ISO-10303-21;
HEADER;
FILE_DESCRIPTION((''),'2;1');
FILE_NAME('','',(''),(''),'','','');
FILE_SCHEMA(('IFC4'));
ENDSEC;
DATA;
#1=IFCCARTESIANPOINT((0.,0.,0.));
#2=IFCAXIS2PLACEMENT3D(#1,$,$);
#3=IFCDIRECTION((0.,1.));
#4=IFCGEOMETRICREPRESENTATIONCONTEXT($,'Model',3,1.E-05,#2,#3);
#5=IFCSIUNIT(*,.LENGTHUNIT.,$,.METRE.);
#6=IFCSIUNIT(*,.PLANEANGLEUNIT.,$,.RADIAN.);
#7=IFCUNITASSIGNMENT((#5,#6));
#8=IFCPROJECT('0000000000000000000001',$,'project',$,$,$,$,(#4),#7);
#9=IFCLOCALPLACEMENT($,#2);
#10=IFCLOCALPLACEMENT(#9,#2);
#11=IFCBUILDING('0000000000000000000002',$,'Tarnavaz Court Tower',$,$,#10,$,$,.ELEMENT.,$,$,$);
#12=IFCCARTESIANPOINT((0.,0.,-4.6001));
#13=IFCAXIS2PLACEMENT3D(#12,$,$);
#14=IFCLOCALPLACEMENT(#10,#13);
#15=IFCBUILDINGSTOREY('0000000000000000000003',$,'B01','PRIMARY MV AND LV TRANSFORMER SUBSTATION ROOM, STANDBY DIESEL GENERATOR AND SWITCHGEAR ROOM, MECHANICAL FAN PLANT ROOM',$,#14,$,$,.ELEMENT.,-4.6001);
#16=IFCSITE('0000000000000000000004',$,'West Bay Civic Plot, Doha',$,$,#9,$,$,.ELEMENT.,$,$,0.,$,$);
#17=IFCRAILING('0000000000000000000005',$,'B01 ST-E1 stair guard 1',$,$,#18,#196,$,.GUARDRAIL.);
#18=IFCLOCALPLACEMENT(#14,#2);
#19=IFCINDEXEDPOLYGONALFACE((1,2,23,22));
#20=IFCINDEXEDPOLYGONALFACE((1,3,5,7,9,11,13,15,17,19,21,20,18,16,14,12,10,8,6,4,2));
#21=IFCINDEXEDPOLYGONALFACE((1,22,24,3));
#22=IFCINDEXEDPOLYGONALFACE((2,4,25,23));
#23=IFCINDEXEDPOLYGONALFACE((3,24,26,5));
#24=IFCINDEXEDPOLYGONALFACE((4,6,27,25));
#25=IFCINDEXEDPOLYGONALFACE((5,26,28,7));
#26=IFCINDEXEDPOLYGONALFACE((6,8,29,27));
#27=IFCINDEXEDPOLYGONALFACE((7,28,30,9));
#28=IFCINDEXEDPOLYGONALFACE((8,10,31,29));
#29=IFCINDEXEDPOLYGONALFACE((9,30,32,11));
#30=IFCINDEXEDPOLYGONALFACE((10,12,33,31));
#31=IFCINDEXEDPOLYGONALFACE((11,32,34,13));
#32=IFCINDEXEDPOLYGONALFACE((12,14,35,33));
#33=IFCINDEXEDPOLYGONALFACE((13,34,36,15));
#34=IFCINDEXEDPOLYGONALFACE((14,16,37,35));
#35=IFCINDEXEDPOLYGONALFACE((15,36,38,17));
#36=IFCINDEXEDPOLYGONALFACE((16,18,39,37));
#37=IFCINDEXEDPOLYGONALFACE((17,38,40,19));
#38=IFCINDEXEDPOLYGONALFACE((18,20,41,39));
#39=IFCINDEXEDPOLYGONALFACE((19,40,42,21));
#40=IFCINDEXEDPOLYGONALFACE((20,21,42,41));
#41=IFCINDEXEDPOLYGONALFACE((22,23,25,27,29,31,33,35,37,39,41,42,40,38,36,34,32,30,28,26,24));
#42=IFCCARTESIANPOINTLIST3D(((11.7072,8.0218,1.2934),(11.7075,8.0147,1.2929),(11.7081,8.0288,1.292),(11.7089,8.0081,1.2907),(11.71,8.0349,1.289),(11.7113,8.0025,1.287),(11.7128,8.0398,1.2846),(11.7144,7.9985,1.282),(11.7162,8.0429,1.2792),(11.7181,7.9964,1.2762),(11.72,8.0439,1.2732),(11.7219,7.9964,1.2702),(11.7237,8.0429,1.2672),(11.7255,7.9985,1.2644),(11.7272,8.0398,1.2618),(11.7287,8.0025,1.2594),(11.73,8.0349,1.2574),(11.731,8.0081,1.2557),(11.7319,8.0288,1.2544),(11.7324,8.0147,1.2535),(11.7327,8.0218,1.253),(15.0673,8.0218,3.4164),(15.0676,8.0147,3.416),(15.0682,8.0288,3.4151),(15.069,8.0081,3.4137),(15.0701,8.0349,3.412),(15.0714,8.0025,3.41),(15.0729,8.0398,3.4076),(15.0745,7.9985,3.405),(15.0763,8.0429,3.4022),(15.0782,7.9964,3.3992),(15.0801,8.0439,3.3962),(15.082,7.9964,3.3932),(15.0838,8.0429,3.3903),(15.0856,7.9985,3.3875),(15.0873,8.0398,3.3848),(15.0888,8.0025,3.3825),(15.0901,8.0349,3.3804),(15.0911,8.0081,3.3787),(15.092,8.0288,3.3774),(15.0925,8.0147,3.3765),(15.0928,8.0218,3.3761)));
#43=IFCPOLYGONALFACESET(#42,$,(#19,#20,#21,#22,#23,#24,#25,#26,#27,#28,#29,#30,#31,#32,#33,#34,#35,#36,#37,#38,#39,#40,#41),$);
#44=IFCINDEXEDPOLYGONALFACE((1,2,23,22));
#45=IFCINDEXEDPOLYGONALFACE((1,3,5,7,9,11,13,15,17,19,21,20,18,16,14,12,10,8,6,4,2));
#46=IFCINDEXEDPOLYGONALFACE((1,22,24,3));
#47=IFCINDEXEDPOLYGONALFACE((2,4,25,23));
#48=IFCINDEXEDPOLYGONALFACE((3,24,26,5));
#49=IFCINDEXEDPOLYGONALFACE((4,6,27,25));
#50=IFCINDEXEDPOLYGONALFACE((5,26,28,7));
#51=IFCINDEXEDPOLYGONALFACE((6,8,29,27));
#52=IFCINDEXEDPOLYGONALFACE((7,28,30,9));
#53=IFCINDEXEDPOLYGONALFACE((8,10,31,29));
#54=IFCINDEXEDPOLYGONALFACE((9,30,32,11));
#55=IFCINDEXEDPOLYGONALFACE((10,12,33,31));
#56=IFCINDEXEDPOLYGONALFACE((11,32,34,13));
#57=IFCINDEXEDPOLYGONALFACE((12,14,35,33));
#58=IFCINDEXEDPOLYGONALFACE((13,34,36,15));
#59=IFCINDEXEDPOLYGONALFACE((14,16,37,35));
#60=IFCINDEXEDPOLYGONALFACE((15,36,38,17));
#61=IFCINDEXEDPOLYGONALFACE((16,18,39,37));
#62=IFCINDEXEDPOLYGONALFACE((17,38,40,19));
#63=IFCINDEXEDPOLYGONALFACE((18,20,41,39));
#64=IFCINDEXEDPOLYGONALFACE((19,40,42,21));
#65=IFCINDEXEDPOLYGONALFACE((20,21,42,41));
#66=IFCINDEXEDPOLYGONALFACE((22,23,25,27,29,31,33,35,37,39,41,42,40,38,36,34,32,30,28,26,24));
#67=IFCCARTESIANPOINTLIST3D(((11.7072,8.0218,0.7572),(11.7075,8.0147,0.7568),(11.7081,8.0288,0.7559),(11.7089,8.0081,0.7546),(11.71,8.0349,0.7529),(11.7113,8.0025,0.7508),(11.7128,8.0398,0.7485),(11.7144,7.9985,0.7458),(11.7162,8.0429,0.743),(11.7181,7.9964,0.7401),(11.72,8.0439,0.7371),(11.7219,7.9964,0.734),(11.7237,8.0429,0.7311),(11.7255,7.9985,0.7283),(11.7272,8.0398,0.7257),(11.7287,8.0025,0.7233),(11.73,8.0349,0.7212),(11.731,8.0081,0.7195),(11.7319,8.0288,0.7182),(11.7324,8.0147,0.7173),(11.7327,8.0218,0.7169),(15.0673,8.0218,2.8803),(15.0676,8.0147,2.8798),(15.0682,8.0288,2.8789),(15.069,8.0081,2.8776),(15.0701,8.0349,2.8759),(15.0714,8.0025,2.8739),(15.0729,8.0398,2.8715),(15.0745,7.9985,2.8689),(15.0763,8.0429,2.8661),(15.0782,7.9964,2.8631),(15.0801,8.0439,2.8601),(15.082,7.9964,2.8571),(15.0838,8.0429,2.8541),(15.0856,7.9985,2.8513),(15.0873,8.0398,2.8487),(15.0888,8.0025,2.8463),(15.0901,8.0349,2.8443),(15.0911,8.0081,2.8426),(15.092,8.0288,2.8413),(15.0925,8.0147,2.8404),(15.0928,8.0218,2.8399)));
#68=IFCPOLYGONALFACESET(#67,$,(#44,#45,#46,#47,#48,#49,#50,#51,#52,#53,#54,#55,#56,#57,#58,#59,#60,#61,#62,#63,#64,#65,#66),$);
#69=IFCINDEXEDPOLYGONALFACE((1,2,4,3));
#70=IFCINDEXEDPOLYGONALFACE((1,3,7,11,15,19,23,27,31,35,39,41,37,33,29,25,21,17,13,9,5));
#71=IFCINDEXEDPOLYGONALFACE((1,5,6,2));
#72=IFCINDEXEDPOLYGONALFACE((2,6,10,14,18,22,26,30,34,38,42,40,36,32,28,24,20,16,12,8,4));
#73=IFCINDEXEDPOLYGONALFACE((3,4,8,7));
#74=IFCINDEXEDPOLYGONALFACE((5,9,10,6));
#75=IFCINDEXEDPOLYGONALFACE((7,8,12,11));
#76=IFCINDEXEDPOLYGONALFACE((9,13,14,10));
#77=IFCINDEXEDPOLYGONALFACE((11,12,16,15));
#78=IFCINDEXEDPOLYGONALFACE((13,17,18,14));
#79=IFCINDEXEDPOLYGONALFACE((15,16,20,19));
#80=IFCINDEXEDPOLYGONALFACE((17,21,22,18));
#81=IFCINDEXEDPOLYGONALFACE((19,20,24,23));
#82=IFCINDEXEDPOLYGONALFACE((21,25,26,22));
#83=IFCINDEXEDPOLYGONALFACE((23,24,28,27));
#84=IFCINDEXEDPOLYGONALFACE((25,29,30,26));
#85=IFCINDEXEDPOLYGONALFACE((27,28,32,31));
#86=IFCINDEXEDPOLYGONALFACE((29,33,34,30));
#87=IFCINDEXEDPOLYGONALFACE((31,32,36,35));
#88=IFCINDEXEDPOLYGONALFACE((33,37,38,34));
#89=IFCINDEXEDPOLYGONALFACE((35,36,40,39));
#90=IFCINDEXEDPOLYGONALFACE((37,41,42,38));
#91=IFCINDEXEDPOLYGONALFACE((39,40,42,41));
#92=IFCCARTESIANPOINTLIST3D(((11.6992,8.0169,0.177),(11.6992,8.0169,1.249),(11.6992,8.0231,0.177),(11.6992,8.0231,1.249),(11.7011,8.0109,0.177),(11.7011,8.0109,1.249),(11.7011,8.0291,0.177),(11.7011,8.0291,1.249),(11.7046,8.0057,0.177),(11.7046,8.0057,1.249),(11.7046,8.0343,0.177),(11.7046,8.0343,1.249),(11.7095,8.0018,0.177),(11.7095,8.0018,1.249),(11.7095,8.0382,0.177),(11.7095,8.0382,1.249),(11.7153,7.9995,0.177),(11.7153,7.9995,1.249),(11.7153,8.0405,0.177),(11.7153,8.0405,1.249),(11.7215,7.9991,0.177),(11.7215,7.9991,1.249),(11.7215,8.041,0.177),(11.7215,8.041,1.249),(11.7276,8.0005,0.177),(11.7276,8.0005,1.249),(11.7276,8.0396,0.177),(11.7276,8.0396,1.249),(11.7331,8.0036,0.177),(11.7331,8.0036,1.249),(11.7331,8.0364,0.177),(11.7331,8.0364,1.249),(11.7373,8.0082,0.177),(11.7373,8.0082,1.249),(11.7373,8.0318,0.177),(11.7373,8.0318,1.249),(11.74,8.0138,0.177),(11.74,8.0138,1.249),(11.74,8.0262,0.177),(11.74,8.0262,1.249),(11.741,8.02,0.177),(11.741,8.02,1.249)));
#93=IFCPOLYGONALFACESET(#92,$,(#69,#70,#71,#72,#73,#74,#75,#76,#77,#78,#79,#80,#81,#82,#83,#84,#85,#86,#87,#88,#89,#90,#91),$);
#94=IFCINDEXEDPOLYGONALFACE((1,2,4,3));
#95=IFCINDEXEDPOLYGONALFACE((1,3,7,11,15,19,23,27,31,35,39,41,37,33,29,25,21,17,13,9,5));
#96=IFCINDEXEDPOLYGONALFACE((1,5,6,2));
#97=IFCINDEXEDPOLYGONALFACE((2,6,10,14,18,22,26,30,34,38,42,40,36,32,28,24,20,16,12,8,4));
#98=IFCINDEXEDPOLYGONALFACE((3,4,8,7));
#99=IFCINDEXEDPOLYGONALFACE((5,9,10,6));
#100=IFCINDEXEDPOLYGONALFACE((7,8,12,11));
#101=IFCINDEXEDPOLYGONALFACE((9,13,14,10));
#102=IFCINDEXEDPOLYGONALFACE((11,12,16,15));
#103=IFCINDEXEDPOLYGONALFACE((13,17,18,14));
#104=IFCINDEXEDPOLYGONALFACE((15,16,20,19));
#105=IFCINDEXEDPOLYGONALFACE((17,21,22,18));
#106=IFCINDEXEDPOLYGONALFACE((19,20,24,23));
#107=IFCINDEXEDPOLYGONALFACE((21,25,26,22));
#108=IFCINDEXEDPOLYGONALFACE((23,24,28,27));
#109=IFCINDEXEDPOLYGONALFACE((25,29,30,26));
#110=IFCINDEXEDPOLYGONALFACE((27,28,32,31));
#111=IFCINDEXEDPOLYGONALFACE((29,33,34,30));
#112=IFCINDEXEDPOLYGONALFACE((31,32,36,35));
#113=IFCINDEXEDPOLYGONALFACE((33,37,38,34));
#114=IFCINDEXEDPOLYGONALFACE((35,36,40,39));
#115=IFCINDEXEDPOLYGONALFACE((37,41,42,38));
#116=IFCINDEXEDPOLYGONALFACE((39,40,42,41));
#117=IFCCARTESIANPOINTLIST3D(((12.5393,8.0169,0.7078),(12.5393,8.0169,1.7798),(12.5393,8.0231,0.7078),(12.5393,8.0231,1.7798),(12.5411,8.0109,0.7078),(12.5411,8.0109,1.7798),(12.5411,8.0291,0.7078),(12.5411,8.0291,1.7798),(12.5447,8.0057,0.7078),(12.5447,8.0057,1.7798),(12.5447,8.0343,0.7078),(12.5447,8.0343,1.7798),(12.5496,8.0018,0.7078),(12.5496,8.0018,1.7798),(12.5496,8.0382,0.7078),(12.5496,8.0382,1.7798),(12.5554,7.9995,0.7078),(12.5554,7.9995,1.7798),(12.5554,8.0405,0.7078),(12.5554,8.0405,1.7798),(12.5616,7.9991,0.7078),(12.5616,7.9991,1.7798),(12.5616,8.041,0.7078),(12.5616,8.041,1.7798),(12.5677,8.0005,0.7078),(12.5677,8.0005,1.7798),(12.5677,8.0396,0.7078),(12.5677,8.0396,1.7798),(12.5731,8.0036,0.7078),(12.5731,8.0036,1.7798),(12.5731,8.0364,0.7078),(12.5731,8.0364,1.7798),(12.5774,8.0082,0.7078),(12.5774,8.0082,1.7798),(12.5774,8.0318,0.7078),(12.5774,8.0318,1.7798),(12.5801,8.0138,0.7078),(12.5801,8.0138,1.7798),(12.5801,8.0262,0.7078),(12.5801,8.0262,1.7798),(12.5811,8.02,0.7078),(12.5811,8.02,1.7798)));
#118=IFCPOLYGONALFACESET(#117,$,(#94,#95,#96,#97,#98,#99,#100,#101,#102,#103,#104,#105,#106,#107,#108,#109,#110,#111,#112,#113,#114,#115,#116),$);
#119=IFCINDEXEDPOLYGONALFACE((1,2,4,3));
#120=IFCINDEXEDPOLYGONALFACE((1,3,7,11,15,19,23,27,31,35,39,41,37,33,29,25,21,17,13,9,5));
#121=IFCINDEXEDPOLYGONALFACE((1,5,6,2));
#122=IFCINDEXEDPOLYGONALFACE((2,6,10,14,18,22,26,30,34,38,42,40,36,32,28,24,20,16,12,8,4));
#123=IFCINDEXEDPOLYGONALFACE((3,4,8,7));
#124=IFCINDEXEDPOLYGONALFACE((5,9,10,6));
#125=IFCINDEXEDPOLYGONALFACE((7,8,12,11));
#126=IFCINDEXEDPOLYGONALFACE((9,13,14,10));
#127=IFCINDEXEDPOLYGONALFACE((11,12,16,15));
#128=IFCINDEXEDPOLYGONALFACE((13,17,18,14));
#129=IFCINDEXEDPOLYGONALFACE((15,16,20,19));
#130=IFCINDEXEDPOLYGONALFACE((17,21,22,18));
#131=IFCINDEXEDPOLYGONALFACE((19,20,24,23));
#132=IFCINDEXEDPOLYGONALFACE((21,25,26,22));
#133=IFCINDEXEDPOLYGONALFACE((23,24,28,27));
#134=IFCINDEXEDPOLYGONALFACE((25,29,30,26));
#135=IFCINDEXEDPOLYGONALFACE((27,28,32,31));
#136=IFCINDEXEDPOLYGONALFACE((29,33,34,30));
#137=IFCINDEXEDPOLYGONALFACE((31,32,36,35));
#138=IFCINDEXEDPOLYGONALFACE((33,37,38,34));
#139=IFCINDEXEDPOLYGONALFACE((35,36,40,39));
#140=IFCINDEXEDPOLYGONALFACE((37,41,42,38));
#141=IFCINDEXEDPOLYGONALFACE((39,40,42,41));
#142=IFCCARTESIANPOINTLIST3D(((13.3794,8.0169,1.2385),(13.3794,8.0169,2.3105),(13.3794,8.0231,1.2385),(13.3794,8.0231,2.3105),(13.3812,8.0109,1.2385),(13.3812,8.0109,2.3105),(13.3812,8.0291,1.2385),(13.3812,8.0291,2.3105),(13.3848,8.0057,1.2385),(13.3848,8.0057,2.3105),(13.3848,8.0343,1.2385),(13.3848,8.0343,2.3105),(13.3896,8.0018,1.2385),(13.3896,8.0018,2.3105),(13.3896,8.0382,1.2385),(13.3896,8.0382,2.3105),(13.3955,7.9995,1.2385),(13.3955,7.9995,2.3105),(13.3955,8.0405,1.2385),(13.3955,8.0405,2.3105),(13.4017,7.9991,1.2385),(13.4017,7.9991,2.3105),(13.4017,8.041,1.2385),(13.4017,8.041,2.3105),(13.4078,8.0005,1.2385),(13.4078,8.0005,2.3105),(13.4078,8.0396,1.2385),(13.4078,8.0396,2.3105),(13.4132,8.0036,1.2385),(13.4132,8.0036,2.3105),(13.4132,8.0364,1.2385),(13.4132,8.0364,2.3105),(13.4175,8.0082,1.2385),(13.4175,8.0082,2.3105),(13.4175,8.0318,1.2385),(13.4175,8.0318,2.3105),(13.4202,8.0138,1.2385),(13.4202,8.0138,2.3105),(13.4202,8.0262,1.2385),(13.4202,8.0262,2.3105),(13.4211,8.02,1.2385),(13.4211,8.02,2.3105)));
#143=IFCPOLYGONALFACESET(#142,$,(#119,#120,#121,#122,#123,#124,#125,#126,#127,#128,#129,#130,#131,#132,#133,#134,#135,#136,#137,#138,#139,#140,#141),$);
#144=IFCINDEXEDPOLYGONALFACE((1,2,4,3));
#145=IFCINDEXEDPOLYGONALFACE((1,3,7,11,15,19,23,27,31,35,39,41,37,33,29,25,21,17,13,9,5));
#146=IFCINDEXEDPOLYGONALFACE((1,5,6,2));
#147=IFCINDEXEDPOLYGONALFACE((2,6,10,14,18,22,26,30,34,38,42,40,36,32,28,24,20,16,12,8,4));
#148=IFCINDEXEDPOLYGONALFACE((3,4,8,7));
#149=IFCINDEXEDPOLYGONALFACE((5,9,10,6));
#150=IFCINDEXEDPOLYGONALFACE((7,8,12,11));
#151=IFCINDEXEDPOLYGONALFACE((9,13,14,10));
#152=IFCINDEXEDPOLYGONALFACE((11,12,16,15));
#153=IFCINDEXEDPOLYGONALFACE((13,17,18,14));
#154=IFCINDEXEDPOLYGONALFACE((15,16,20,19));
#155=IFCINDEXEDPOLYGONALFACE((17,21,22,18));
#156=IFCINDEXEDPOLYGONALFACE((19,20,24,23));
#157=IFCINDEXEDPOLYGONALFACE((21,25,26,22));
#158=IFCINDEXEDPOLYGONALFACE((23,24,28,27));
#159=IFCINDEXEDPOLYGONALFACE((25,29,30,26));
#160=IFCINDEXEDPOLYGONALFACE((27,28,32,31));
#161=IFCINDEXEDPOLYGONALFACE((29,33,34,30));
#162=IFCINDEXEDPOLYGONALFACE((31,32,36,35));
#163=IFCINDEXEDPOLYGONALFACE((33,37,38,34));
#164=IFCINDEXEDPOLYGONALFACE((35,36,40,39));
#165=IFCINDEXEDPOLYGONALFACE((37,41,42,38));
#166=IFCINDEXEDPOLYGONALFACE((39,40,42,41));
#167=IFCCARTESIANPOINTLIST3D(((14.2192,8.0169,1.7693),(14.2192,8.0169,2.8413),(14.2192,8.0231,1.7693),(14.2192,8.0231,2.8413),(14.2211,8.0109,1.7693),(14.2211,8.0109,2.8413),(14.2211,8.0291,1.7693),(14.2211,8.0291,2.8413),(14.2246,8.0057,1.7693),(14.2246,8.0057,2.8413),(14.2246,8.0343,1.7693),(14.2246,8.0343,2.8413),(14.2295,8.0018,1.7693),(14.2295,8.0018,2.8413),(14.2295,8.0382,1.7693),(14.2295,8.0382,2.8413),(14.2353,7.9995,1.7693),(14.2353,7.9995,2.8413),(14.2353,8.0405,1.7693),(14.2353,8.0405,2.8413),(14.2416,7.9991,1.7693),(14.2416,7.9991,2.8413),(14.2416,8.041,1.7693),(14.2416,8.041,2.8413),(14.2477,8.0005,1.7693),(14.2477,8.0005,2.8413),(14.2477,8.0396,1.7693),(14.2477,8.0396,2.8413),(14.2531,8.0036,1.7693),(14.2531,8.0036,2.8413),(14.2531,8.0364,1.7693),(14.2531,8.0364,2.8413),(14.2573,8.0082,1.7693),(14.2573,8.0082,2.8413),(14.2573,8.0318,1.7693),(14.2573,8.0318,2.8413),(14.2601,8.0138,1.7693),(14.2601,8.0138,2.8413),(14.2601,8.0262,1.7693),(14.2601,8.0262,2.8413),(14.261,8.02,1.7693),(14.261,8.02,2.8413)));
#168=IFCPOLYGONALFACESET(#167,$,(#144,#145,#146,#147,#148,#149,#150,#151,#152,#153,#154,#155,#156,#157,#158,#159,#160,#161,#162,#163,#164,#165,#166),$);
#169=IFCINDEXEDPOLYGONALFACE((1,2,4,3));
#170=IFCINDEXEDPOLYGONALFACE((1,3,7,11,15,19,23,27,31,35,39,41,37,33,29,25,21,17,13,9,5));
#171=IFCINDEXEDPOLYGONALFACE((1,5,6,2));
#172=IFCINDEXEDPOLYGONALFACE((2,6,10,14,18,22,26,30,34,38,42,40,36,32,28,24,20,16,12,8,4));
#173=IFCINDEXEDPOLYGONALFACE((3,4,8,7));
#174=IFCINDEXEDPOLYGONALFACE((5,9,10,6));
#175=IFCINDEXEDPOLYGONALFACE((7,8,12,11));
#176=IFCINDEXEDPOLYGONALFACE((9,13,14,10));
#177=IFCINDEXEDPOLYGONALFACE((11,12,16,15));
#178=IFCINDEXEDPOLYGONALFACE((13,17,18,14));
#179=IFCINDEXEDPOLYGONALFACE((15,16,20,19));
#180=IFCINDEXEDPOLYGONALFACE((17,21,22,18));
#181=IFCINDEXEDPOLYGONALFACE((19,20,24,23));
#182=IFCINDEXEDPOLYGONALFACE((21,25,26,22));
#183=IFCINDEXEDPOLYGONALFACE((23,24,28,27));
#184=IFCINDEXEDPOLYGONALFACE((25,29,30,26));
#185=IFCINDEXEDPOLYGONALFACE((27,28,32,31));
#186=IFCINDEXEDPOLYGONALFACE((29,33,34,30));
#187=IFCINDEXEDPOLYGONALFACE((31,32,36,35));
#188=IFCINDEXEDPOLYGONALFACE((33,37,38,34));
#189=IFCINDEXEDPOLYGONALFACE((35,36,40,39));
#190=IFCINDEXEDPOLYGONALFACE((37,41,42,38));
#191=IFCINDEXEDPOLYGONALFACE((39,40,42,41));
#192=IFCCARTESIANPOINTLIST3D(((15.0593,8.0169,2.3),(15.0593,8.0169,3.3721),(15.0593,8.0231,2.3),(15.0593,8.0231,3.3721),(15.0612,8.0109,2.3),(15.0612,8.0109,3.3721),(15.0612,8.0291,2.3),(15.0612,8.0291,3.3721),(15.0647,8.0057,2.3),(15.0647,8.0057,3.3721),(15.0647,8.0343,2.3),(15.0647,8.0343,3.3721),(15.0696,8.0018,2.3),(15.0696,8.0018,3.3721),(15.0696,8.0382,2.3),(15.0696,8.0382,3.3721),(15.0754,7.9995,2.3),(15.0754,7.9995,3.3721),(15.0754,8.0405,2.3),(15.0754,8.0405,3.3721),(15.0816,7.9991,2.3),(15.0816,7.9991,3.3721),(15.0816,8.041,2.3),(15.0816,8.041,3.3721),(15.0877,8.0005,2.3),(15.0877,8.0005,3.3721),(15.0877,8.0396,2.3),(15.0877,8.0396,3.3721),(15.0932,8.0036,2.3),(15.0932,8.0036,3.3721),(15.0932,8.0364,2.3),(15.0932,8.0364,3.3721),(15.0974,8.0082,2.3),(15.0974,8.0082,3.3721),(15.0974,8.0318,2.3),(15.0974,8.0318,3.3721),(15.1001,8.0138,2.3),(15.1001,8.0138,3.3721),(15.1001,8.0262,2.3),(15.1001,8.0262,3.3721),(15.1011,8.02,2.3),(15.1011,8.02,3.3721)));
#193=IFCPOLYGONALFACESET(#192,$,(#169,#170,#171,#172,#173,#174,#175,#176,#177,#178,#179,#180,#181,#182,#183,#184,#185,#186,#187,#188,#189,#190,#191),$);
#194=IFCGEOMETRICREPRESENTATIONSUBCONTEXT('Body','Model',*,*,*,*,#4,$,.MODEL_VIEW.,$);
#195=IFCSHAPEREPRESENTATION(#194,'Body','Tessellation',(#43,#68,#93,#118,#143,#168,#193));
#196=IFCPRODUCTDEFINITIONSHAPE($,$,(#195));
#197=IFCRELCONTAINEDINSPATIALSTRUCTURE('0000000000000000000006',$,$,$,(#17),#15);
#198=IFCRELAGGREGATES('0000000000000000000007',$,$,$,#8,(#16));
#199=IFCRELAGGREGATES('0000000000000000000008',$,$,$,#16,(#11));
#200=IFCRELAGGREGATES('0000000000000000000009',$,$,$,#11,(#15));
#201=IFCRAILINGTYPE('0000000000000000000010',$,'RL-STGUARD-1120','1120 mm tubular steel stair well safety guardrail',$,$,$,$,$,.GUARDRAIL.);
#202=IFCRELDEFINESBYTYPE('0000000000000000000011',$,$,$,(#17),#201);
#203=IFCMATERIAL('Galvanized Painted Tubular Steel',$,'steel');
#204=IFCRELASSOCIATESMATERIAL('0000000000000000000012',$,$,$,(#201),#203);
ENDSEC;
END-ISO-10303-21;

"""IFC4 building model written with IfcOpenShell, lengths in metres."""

from ifc_helpers import new_model, si_unit, direction, frame, origin, origin_2d, place, context, subcontext, project, spatial, circle, extrude, material, type_object, element, save


model = new_model("IFC4")

# Units and contexts
model_context = context("Model", 3, precision=1e-05, world=origin(), true_north=direction((0.0, 1.0)))
body_context = subcontext(model_context, "Body", "Model", "MODEL_VIEW")
ifc_project = project(units=[si_unit("LENGTHUNIT", "METRE"), si_unit("PLANEANGLEUNIT", "RADIAN")], contexts=[model_context])

# Site, building, storey
site_placement = place(None, origin())
site = spatial("IfcSite", under=ifc_project, at=site_placement, Name="West Bay Civic Plot, Doha", CompositionType="ELEMENT", RefElevation=0.0)
building_placement = place(site_placement, origin())
building = spatial("IfcBuilding", under=site, at=building_placement, Name="Tarnavaz Court Tower", CompositionType="ELEMENT")
storey_placement = place(building_placement, frame((0.0, 0.0, -4.6001)))
storey = spatial("IfcBuildingStorey", under=building, at=storey_placement, Name="B01", Description="PRIMARY MV AND LV TRANSFORMER SUBSTATION ROOM, STANDBY DIESEL GENERATOR AND SWITCHGEAR ROOM, MECHANICAL FAN PLANT ROOM", CompositionType="ELEMENT", Elevation=-4.6001)

# Railing
ifc_material_1 = material(Name="Galvanized Painted Tubular Steel", Category="steel")
railing_type_1 = type_object("IfcRailingType", Name="RL-STGUARD-1120", Description="1120 mm tubular steel stair well safety guardrail", PredefinedType="GUARDRAIL", material=ifc_material_1)
railing_1_placement = place(storey_placement, frame((11.72, 8.02, 0.177)))
element("IfcRailing", 1, at=railing_1_placement, inside=storey, type_object=railing_type_1, Name="B01 ST-E1 stair guard 1", PredefinedType="GUARDRAIL", context=body_context, shape_type="SweptSolid", body=[
    extrude(circle(Radius=0.0239, at=origin_2d()), frame((0.0, 0.0, 1.0962), z_axis=(0.84539, 0.0, 0.53415), x_axis=(0.0, 1.0, 0.0)), (0.0, 0.0, 1.0), 3.9746),
    extrude(circle(Radius=0.0239, at=origin_2d()), frame((0.0, 0.0, 0.5601), z_axis=(0.84539, 0.0, 0.53415), x_axis=(0.0, 1.0, 0.0)), (0.0, 0.0, 1.0), 3.9746),
    extrude(circle(Radius=0.021, at=origin_2d()), origin(), (0.0, 0.0, 1.0), 1.072),
    extrude(circle(Radius=0.021, at=origin_2d()), frame((0.8401, 0.0, 0.5308)), (0.0, 0.0, 1.0), 1.072),
    extrude(circle(Radius=0.021, at=origin_2d()), frame((1.6802, 0.0, 1.0615)), (0.0, 0.0, 1.0), 1.072),
    extrude(circle(Radius=0.021, at=origin_2d()), frame((2.52, 0.0, 1.5923)), (0.0, 0.0, 1.0), 1.072),
    extrude(circle(Radius=0.021, at=origin_2d()), frame((3.3601, 0.0, 2.123)), (0.0, 0.0, 1.0), 1.072),
])

save(model, "model.ifc")
